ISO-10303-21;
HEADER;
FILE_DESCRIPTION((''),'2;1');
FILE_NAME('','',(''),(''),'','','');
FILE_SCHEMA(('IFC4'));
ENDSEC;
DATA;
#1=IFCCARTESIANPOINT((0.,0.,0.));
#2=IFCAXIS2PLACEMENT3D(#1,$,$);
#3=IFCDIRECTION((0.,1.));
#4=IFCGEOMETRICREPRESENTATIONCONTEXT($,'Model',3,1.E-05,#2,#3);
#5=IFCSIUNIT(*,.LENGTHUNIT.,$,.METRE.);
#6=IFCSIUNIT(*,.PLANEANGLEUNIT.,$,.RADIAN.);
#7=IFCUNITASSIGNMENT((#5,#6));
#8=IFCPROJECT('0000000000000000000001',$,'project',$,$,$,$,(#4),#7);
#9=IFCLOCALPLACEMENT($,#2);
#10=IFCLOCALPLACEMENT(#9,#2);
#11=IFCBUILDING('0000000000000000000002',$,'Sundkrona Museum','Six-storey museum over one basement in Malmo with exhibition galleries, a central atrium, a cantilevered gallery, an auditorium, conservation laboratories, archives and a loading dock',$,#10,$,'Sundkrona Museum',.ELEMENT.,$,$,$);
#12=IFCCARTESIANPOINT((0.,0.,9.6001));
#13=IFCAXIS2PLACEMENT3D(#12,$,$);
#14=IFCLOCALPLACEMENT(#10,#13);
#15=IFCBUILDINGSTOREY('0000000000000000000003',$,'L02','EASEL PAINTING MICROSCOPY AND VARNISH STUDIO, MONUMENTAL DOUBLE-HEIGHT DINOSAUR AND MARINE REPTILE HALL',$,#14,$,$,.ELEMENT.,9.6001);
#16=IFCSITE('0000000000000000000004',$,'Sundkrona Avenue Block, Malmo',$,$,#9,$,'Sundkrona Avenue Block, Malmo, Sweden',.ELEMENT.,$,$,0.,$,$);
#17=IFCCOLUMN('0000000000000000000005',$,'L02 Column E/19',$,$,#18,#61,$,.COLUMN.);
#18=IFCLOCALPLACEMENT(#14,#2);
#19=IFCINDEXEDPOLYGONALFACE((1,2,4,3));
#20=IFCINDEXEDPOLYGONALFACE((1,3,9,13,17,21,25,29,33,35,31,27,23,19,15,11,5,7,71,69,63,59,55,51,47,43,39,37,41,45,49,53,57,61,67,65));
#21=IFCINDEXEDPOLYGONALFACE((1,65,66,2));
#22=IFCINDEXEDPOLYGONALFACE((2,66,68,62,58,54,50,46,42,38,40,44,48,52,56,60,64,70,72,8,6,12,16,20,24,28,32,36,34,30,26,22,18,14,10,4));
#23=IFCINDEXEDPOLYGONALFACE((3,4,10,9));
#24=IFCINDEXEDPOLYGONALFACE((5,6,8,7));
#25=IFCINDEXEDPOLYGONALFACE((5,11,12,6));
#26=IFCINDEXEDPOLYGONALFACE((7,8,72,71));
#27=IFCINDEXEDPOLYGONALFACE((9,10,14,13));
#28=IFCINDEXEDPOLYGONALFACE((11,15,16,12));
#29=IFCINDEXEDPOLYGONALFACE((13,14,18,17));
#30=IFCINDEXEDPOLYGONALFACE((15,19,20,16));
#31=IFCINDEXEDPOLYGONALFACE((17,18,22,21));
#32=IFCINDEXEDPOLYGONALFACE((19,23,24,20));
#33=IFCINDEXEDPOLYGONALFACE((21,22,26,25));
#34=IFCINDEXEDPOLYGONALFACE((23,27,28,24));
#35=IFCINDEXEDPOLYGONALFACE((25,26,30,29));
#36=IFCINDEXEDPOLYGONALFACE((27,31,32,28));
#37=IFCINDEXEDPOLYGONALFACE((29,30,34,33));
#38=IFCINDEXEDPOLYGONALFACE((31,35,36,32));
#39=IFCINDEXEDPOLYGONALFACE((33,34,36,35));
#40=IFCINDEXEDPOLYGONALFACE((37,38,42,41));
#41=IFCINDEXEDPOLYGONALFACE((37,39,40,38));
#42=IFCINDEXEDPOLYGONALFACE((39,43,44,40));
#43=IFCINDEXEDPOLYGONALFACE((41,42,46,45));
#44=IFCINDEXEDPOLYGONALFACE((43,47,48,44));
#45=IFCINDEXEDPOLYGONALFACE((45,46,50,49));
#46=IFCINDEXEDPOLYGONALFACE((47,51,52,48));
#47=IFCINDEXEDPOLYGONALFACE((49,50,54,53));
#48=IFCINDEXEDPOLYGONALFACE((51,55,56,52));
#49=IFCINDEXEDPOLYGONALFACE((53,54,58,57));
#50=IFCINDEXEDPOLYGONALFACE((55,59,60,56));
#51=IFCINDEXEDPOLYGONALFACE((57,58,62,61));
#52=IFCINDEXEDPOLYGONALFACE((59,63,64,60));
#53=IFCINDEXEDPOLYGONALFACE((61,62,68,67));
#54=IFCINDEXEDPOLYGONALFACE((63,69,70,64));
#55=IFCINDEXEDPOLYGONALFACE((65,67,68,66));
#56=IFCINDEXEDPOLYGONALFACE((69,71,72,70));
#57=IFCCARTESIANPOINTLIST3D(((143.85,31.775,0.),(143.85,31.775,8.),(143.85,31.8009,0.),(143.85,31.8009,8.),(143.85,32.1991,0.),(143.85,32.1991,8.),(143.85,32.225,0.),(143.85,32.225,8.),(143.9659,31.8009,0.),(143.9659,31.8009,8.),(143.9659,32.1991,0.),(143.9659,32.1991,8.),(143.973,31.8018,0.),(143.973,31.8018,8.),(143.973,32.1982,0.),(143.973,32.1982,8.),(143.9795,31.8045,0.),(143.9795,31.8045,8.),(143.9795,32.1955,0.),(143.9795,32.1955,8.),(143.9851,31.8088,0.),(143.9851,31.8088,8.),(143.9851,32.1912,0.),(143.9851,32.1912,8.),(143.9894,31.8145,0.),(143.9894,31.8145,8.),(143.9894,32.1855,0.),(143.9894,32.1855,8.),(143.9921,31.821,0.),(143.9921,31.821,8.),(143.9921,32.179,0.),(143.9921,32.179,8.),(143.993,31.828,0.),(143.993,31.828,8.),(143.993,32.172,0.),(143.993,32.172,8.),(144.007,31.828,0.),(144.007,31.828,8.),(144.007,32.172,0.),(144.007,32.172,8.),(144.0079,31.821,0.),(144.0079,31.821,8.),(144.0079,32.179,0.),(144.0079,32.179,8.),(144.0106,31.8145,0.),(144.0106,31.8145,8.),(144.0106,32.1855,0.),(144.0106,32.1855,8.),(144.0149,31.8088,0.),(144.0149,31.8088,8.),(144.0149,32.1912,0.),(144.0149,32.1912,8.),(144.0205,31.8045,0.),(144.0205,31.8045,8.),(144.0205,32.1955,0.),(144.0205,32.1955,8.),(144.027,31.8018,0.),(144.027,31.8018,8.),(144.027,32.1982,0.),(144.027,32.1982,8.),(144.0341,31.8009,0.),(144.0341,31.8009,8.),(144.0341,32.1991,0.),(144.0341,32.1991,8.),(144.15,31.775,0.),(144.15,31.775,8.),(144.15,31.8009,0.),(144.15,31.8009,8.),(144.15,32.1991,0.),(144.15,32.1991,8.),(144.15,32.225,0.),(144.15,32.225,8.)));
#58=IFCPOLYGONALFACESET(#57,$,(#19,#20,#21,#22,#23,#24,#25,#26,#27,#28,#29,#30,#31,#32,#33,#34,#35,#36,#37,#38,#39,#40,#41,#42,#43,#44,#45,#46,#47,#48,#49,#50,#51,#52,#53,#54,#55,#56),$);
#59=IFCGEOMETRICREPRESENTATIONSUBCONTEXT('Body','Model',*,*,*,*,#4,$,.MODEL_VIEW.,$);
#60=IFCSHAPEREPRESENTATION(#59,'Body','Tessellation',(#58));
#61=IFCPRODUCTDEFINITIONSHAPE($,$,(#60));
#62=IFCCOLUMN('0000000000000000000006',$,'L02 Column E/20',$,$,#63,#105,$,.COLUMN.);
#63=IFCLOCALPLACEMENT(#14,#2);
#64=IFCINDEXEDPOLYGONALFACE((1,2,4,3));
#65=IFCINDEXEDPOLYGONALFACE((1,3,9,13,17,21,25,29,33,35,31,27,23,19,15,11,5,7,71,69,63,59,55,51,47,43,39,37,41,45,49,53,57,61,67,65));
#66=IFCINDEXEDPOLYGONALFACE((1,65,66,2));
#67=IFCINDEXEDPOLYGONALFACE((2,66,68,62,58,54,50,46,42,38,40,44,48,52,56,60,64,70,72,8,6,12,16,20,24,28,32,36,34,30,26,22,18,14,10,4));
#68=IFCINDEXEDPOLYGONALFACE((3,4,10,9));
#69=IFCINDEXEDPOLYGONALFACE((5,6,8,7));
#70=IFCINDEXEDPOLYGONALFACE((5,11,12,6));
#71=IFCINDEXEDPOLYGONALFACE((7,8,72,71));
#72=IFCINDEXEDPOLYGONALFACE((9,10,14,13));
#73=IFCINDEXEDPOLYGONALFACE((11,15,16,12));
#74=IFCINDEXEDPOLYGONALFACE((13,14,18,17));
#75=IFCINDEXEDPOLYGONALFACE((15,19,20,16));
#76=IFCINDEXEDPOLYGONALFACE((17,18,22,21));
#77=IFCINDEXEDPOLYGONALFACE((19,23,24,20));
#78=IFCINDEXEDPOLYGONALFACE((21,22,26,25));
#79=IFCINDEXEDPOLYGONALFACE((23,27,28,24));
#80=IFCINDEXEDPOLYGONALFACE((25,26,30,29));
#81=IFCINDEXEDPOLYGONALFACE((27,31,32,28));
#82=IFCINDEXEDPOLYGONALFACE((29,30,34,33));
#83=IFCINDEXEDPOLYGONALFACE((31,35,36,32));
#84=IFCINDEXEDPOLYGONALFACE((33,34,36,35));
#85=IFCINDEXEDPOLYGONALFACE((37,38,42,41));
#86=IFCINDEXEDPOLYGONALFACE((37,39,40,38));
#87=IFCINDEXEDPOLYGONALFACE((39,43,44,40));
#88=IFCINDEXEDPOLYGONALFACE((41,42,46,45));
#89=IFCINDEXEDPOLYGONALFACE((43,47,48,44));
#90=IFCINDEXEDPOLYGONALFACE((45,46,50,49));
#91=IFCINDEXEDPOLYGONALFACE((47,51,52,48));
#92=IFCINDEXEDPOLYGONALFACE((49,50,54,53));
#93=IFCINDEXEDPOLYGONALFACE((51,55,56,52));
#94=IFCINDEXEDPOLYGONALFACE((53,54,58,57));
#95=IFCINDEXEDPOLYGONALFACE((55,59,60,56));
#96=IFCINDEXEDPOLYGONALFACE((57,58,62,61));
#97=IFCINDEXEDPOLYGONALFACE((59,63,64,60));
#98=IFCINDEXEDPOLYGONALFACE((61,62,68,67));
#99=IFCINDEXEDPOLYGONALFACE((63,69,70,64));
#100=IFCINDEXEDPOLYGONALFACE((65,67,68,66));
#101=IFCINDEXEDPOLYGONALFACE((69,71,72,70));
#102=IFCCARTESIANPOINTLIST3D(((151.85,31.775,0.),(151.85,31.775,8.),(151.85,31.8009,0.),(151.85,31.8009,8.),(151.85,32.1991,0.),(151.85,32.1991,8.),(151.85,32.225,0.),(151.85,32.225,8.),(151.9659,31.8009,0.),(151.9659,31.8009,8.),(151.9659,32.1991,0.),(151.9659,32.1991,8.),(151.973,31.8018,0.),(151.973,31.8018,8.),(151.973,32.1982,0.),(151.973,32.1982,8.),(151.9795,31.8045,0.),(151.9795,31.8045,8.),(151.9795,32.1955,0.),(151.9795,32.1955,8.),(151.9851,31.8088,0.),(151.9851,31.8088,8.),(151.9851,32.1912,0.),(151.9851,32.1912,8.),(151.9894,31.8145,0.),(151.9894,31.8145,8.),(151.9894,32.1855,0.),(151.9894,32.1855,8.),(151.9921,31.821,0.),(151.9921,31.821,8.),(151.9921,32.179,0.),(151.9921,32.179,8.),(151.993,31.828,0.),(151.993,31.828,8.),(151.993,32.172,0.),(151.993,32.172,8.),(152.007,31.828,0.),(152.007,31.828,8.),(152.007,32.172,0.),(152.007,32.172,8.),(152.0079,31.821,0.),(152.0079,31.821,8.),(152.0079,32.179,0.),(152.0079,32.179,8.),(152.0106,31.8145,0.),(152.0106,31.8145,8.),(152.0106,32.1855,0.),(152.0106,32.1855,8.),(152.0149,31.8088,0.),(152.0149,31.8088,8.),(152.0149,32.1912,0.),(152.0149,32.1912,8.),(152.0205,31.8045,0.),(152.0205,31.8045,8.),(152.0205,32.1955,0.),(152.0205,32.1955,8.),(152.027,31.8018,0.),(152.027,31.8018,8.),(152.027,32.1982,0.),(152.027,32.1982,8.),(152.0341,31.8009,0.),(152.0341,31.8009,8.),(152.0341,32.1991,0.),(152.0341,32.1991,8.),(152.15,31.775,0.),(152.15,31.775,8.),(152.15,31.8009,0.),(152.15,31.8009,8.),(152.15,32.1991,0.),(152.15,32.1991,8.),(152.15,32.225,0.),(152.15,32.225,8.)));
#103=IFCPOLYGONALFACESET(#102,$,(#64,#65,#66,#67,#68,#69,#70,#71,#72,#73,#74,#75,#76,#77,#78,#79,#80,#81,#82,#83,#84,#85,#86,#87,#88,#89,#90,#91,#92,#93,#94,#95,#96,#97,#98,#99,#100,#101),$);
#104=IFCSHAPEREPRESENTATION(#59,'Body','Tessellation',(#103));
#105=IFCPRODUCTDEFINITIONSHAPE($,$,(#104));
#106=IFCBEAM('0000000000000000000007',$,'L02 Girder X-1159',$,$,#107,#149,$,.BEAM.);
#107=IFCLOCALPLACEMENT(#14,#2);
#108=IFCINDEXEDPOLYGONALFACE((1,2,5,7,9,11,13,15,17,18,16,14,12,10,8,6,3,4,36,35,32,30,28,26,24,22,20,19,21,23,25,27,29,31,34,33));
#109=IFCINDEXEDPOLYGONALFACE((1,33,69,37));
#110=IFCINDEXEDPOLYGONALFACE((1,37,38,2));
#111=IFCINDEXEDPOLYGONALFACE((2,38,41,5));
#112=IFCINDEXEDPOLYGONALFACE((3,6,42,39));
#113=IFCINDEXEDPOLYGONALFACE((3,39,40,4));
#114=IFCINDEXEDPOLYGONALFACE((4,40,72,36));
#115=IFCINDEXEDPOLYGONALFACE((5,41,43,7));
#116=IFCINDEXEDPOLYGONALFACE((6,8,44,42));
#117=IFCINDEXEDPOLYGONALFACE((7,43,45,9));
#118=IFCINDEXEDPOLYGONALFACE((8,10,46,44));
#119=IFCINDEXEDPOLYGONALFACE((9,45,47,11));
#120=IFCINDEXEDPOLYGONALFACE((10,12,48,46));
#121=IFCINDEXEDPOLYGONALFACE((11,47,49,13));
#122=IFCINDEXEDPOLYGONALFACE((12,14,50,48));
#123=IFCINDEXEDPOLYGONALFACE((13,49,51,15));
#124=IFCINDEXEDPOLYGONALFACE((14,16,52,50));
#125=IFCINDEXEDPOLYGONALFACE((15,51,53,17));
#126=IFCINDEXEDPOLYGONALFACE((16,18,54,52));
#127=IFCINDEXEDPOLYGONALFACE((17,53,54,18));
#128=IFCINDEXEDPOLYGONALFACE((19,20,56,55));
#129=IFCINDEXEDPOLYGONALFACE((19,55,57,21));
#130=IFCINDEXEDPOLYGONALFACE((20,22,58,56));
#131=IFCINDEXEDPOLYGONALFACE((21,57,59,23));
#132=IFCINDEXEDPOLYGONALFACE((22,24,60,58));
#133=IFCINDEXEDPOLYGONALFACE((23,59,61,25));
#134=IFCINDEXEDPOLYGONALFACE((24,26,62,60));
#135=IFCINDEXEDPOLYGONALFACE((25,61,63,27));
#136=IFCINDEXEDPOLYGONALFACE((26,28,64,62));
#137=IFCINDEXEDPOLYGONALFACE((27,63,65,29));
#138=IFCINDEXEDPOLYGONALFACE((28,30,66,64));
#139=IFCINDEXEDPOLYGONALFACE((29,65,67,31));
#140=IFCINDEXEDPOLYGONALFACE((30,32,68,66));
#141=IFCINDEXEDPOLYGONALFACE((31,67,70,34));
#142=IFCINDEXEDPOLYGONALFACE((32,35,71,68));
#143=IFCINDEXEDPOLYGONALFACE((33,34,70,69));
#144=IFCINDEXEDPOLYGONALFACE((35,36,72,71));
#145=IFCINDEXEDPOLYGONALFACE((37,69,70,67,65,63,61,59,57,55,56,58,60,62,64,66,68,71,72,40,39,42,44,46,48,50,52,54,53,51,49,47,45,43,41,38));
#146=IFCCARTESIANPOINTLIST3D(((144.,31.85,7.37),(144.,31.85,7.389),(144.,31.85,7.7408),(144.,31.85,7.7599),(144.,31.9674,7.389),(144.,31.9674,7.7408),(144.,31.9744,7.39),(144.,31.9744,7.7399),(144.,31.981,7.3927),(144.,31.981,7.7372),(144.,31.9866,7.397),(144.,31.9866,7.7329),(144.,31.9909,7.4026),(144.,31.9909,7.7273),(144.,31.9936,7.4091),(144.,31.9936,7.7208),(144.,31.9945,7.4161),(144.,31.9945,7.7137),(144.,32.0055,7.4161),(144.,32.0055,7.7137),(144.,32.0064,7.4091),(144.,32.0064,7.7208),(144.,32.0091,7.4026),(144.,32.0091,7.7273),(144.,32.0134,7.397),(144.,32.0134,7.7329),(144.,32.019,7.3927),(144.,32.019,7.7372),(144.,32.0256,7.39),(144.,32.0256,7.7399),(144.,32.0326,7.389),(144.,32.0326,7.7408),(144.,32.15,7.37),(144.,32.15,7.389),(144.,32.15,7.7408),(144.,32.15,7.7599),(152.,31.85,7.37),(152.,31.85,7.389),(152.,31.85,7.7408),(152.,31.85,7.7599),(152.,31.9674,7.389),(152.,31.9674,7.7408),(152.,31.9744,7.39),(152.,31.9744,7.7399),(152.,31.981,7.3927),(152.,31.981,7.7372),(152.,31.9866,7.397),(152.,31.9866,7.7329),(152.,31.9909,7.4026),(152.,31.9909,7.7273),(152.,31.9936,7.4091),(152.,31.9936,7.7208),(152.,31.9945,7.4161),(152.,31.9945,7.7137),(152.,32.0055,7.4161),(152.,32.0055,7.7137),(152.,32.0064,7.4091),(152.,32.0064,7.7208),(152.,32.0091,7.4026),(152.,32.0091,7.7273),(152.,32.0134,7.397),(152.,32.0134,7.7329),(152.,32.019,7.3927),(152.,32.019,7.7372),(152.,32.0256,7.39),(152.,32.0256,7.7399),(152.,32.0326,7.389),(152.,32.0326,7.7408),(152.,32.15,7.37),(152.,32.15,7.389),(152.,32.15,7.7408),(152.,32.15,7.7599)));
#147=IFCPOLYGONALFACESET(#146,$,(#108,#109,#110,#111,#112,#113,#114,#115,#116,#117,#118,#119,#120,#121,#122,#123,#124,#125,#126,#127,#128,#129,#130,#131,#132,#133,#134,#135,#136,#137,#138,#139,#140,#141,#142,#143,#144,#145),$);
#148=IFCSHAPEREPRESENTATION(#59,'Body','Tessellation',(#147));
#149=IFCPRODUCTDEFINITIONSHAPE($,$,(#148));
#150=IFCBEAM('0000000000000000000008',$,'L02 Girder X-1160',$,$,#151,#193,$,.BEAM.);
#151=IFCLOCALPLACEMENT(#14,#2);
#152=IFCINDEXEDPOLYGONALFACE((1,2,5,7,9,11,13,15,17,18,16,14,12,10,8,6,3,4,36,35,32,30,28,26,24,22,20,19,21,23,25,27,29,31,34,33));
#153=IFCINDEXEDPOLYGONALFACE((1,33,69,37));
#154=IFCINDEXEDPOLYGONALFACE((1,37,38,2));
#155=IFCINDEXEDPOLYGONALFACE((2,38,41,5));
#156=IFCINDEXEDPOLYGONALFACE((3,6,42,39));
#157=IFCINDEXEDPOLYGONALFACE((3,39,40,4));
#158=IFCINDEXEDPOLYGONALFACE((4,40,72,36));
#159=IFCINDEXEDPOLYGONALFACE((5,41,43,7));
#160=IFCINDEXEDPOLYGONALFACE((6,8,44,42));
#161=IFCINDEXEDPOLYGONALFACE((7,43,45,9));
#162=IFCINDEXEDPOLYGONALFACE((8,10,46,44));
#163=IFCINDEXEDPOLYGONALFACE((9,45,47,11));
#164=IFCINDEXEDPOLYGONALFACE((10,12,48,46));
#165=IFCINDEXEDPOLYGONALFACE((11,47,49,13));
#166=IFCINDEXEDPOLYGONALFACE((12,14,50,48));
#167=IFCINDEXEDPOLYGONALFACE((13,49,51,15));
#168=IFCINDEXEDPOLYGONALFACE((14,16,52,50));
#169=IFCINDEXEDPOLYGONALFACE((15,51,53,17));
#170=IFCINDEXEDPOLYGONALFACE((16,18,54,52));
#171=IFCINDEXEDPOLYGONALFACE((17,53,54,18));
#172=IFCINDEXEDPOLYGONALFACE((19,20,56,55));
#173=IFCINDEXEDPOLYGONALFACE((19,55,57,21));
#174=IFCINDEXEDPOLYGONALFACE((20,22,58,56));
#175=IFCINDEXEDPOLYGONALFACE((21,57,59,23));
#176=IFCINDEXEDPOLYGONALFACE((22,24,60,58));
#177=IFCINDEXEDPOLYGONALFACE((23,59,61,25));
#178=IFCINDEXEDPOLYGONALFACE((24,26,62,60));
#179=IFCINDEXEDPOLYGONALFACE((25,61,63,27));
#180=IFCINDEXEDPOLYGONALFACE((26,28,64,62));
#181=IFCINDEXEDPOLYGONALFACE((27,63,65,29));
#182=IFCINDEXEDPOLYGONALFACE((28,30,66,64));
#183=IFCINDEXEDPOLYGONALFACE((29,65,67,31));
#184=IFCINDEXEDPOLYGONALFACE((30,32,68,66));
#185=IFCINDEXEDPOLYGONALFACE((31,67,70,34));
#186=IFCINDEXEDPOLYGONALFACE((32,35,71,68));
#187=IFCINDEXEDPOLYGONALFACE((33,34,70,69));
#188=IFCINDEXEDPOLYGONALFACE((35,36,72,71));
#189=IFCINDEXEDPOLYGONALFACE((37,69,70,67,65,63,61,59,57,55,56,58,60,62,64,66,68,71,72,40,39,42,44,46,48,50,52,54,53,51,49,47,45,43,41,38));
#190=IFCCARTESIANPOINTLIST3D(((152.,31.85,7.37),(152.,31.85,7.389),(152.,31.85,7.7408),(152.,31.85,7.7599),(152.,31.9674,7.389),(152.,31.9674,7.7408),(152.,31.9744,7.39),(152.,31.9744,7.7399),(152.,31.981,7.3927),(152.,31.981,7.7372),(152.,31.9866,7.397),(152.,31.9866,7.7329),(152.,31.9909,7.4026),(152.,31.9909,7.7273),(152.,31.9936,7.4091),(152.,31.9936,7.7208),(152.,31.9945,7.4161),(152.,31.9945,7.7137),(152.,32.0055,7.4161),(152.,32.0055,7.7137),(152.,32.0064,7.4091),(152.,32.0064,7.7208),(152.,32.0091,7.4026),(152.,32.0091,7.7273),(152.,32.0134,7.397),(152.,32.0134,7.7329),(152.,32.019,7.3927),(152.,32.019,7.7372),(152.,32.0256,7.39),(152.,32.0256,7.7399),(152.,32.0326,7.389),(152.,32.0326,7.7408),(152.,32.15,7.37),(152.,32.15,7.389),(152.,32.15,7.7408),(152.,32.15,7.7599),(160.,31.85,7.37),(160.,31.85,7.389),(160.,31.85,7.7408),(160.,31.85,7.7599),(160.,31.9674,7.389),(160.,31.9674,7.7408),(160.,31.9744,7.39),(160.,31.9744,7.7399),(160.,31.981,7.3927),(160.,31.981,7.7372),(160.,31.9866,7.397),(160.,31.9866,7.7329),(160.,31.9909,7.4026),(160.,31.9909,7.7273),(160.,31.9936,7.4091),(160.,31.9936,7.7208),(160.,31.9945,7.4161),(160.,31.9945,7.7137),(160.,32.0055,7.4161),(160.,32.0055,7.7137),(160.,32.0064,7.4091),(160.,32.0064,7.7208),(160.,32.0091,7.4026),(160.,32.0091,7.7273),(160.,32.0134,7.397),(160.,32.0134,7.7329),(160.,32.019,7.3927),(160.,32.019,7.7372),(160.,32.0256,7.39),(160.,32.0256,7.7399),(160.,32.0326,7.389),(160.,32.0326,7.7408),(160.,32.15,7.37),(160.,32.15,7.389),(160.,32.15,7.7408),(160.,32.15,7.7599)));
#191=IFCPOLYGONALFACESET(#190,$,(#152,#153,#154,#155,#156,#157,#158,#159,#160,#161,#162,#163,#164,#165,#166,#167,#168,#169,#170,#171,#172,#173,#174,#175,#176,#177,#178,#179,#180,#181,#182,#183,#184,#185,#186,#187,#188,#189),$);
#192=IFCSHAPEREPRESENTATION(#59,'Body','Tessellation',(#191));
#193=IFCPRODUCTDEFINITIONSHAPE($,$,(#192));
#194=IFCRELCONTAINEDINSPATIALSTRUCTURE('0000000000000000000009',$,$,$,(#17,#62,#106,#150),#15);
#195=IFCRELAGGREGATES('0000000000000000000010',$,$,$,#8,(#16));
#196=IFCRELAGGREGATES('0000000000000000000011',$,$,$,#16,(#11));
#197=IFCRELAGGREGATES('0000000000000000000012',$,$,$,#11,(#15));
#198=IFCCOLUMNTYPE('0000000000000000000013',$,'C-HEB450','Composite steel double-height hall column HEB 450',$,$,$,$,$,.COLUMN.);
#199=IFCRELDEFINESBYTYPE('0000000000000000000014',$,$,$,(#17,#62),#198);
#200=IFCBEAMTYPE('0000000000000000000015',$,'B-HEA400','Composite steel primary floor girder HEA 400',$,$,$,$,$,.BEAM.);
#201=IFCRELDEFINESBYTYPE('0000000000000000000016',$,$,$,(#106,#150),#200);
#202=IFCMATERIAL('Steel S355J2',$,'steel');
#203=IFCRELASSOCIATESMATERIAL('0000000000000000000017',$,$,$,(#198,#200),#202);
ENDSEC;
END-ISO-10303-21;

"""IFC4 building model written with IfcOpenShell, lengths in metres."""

from ifc_helpers import new_model, si_unit, direction, frame, origin, origin_2d, place, context, subcontext, project, spatial, i_section, extrude, material, material_profile, profile_set, type_object, element, save


model = new_model("IFC4")

# Units and contexts
model_context = context("Model", 3, precision=1e-05, world=origin(), true_north=direction((0.0, 1.0)))
body_context = subcontext(model_context, "Body", "Model", "MODEL_VIEW")
ifc_project = project(units=[si_unit("LENGTHUNIT", "METRE"), si_unit("PLANEANGLEUNIT", "RADIAN")], contexts=[model_context])

# Site, building, storey
site_placement = place(None, origin())
site = spatial("IfcSite", under=ifc_project, at=site_placement, Name="Sundkrona Avenue Block, Malmo", LongName="Sundkrona Avenue Block, Malmo, Sweden", CompositionType="ELEMENT", RefElevation=0.0)
building_placement = place(site_placement, origin())
building = spatial("IfcBuilding", under=site, at=building_placement, Name="Sundkrona Museum", Description="Six-storey museum over one basement in Malmo with exhibition galleries, a central atrium, a cantilevered gallery, an auditorium, conservation laboratories, archives and a loading dock", LongName="Sundkrona Museum", CompositionType="ELEMENT")
storey_placement = place(building_placement, frame((0.0, 0.0, 9.6001)))
storey = spatial("IfcBuildingStorey", under=building, at=storey_placement, Name="L02", Description="EASEL PAINTING MICROSCOPY AND VARNISH STUDIO, MONUMENTAL DOUBLE-HEIGHT DINOSAUR AND MARINE REPTILE HALL", CompositionType="ELEMENT", Elevation=9.6001)

# Columns
ifc_material_1 = material(Name="Steel S355J2", Category="steel")
ifc_material_profile_1 = material_profile(ifc_material_1, i_section(OverallWidth=0.3, OverallDepth=0.45, WebThickness=0.0139, FlangeThickness=0.0259, FilletRadius=0.0271, at=origin_2d()), Name="HEB 450")
ifc_profile_set_1 = profile_set([ifc_material_profile_1], Name="Steel S355J2")
column_type = type_object("IfcColumnType", Name="C-HEB450", Description="Composite steel double-height hall column HEB 450", PredefinedType="COLUMN", material=ifc_profile_set_1)
for number, where, z_axis, x_axis, name in (
    (1, (144.0, 32.0, 0.0), (0.0, 0.0, 1.0), (1.0, 0.0, 0.0), "L02 Column E/19"),
    (2, (152.0, 32.0, 0.0), (0.0, 0.0, 1.0), (1.0, 0.0, 0.0), "L02 Column E/20"),
):
    element("IfcColumn", number, at=place(storey_placement, frame(where, z_axis=z_axis, x_axis=x_axis)), inside=storey, type_object=column_type, Name=name, PredefinedType="COLUMN", context=body_context, shape_type="SweptSolid", body=[
        extrude(i_section(OverallWidth=0.3, OverallDepth=0.45, WebThickness=0.0139, FlangeThickness=0.0259, FilletRadius=0.0271, at=origin_2d()), origin(), (0.0, 0.0, 1.0), 8.0),
    ])

# Beams
ifc_material_profile_2 = material_profile(ifc_material_1, i_section(OverallWidth=0.3, OverallDepth=0.3899, WebThickness=0.011, FlangeThickness=0.019, FilletRadius=0.0271, at=origin_2d()), Name="HEA 400")
ifc_profile_set_2 = profile_set([ifc_material_profile_2], Name="Steel S355J2")
beam_type_1 = type_object("IfcBeamType", Name="B-HEA400", Description="Composite steel primary floor girder HEA 400", PredefinedType="BEAM", material=ifc_profile_set_2)
for number, where, z_axis, x_axis, name in (
    (3, (144.0, 32.0, 7.5649), (1.0, 0.0, 0.0), (0.0, 1.0, 0.0), "L02 Girder X-1159"),
    (4, (152.0, 32.0, 7.5649), (1.0, 0.0, 0.0), (0.0, 1.0, 0.0), "L02 Girder X-1160"),
):
    element("IfcBeam", number, at=place(storey_placement, frame(where, z_axis=z_axis, x_axis=x_axis)), inside=storey, type_object=beam_type_1, Name=name, PredefinedType="BEAM", context=body_context, shape_type="SweptSolid", body=[
        extrude(i_section(OverallWidth=0.3, OverallDepth=0.3899, WebThickness=0.011, FlangeThickness=0.019, FilletRadius=0.0271, at=origin_2d()), origin(), (0.0, 0.0, 1.0), 8.0),
    ])

save(model, "model.ifc")
